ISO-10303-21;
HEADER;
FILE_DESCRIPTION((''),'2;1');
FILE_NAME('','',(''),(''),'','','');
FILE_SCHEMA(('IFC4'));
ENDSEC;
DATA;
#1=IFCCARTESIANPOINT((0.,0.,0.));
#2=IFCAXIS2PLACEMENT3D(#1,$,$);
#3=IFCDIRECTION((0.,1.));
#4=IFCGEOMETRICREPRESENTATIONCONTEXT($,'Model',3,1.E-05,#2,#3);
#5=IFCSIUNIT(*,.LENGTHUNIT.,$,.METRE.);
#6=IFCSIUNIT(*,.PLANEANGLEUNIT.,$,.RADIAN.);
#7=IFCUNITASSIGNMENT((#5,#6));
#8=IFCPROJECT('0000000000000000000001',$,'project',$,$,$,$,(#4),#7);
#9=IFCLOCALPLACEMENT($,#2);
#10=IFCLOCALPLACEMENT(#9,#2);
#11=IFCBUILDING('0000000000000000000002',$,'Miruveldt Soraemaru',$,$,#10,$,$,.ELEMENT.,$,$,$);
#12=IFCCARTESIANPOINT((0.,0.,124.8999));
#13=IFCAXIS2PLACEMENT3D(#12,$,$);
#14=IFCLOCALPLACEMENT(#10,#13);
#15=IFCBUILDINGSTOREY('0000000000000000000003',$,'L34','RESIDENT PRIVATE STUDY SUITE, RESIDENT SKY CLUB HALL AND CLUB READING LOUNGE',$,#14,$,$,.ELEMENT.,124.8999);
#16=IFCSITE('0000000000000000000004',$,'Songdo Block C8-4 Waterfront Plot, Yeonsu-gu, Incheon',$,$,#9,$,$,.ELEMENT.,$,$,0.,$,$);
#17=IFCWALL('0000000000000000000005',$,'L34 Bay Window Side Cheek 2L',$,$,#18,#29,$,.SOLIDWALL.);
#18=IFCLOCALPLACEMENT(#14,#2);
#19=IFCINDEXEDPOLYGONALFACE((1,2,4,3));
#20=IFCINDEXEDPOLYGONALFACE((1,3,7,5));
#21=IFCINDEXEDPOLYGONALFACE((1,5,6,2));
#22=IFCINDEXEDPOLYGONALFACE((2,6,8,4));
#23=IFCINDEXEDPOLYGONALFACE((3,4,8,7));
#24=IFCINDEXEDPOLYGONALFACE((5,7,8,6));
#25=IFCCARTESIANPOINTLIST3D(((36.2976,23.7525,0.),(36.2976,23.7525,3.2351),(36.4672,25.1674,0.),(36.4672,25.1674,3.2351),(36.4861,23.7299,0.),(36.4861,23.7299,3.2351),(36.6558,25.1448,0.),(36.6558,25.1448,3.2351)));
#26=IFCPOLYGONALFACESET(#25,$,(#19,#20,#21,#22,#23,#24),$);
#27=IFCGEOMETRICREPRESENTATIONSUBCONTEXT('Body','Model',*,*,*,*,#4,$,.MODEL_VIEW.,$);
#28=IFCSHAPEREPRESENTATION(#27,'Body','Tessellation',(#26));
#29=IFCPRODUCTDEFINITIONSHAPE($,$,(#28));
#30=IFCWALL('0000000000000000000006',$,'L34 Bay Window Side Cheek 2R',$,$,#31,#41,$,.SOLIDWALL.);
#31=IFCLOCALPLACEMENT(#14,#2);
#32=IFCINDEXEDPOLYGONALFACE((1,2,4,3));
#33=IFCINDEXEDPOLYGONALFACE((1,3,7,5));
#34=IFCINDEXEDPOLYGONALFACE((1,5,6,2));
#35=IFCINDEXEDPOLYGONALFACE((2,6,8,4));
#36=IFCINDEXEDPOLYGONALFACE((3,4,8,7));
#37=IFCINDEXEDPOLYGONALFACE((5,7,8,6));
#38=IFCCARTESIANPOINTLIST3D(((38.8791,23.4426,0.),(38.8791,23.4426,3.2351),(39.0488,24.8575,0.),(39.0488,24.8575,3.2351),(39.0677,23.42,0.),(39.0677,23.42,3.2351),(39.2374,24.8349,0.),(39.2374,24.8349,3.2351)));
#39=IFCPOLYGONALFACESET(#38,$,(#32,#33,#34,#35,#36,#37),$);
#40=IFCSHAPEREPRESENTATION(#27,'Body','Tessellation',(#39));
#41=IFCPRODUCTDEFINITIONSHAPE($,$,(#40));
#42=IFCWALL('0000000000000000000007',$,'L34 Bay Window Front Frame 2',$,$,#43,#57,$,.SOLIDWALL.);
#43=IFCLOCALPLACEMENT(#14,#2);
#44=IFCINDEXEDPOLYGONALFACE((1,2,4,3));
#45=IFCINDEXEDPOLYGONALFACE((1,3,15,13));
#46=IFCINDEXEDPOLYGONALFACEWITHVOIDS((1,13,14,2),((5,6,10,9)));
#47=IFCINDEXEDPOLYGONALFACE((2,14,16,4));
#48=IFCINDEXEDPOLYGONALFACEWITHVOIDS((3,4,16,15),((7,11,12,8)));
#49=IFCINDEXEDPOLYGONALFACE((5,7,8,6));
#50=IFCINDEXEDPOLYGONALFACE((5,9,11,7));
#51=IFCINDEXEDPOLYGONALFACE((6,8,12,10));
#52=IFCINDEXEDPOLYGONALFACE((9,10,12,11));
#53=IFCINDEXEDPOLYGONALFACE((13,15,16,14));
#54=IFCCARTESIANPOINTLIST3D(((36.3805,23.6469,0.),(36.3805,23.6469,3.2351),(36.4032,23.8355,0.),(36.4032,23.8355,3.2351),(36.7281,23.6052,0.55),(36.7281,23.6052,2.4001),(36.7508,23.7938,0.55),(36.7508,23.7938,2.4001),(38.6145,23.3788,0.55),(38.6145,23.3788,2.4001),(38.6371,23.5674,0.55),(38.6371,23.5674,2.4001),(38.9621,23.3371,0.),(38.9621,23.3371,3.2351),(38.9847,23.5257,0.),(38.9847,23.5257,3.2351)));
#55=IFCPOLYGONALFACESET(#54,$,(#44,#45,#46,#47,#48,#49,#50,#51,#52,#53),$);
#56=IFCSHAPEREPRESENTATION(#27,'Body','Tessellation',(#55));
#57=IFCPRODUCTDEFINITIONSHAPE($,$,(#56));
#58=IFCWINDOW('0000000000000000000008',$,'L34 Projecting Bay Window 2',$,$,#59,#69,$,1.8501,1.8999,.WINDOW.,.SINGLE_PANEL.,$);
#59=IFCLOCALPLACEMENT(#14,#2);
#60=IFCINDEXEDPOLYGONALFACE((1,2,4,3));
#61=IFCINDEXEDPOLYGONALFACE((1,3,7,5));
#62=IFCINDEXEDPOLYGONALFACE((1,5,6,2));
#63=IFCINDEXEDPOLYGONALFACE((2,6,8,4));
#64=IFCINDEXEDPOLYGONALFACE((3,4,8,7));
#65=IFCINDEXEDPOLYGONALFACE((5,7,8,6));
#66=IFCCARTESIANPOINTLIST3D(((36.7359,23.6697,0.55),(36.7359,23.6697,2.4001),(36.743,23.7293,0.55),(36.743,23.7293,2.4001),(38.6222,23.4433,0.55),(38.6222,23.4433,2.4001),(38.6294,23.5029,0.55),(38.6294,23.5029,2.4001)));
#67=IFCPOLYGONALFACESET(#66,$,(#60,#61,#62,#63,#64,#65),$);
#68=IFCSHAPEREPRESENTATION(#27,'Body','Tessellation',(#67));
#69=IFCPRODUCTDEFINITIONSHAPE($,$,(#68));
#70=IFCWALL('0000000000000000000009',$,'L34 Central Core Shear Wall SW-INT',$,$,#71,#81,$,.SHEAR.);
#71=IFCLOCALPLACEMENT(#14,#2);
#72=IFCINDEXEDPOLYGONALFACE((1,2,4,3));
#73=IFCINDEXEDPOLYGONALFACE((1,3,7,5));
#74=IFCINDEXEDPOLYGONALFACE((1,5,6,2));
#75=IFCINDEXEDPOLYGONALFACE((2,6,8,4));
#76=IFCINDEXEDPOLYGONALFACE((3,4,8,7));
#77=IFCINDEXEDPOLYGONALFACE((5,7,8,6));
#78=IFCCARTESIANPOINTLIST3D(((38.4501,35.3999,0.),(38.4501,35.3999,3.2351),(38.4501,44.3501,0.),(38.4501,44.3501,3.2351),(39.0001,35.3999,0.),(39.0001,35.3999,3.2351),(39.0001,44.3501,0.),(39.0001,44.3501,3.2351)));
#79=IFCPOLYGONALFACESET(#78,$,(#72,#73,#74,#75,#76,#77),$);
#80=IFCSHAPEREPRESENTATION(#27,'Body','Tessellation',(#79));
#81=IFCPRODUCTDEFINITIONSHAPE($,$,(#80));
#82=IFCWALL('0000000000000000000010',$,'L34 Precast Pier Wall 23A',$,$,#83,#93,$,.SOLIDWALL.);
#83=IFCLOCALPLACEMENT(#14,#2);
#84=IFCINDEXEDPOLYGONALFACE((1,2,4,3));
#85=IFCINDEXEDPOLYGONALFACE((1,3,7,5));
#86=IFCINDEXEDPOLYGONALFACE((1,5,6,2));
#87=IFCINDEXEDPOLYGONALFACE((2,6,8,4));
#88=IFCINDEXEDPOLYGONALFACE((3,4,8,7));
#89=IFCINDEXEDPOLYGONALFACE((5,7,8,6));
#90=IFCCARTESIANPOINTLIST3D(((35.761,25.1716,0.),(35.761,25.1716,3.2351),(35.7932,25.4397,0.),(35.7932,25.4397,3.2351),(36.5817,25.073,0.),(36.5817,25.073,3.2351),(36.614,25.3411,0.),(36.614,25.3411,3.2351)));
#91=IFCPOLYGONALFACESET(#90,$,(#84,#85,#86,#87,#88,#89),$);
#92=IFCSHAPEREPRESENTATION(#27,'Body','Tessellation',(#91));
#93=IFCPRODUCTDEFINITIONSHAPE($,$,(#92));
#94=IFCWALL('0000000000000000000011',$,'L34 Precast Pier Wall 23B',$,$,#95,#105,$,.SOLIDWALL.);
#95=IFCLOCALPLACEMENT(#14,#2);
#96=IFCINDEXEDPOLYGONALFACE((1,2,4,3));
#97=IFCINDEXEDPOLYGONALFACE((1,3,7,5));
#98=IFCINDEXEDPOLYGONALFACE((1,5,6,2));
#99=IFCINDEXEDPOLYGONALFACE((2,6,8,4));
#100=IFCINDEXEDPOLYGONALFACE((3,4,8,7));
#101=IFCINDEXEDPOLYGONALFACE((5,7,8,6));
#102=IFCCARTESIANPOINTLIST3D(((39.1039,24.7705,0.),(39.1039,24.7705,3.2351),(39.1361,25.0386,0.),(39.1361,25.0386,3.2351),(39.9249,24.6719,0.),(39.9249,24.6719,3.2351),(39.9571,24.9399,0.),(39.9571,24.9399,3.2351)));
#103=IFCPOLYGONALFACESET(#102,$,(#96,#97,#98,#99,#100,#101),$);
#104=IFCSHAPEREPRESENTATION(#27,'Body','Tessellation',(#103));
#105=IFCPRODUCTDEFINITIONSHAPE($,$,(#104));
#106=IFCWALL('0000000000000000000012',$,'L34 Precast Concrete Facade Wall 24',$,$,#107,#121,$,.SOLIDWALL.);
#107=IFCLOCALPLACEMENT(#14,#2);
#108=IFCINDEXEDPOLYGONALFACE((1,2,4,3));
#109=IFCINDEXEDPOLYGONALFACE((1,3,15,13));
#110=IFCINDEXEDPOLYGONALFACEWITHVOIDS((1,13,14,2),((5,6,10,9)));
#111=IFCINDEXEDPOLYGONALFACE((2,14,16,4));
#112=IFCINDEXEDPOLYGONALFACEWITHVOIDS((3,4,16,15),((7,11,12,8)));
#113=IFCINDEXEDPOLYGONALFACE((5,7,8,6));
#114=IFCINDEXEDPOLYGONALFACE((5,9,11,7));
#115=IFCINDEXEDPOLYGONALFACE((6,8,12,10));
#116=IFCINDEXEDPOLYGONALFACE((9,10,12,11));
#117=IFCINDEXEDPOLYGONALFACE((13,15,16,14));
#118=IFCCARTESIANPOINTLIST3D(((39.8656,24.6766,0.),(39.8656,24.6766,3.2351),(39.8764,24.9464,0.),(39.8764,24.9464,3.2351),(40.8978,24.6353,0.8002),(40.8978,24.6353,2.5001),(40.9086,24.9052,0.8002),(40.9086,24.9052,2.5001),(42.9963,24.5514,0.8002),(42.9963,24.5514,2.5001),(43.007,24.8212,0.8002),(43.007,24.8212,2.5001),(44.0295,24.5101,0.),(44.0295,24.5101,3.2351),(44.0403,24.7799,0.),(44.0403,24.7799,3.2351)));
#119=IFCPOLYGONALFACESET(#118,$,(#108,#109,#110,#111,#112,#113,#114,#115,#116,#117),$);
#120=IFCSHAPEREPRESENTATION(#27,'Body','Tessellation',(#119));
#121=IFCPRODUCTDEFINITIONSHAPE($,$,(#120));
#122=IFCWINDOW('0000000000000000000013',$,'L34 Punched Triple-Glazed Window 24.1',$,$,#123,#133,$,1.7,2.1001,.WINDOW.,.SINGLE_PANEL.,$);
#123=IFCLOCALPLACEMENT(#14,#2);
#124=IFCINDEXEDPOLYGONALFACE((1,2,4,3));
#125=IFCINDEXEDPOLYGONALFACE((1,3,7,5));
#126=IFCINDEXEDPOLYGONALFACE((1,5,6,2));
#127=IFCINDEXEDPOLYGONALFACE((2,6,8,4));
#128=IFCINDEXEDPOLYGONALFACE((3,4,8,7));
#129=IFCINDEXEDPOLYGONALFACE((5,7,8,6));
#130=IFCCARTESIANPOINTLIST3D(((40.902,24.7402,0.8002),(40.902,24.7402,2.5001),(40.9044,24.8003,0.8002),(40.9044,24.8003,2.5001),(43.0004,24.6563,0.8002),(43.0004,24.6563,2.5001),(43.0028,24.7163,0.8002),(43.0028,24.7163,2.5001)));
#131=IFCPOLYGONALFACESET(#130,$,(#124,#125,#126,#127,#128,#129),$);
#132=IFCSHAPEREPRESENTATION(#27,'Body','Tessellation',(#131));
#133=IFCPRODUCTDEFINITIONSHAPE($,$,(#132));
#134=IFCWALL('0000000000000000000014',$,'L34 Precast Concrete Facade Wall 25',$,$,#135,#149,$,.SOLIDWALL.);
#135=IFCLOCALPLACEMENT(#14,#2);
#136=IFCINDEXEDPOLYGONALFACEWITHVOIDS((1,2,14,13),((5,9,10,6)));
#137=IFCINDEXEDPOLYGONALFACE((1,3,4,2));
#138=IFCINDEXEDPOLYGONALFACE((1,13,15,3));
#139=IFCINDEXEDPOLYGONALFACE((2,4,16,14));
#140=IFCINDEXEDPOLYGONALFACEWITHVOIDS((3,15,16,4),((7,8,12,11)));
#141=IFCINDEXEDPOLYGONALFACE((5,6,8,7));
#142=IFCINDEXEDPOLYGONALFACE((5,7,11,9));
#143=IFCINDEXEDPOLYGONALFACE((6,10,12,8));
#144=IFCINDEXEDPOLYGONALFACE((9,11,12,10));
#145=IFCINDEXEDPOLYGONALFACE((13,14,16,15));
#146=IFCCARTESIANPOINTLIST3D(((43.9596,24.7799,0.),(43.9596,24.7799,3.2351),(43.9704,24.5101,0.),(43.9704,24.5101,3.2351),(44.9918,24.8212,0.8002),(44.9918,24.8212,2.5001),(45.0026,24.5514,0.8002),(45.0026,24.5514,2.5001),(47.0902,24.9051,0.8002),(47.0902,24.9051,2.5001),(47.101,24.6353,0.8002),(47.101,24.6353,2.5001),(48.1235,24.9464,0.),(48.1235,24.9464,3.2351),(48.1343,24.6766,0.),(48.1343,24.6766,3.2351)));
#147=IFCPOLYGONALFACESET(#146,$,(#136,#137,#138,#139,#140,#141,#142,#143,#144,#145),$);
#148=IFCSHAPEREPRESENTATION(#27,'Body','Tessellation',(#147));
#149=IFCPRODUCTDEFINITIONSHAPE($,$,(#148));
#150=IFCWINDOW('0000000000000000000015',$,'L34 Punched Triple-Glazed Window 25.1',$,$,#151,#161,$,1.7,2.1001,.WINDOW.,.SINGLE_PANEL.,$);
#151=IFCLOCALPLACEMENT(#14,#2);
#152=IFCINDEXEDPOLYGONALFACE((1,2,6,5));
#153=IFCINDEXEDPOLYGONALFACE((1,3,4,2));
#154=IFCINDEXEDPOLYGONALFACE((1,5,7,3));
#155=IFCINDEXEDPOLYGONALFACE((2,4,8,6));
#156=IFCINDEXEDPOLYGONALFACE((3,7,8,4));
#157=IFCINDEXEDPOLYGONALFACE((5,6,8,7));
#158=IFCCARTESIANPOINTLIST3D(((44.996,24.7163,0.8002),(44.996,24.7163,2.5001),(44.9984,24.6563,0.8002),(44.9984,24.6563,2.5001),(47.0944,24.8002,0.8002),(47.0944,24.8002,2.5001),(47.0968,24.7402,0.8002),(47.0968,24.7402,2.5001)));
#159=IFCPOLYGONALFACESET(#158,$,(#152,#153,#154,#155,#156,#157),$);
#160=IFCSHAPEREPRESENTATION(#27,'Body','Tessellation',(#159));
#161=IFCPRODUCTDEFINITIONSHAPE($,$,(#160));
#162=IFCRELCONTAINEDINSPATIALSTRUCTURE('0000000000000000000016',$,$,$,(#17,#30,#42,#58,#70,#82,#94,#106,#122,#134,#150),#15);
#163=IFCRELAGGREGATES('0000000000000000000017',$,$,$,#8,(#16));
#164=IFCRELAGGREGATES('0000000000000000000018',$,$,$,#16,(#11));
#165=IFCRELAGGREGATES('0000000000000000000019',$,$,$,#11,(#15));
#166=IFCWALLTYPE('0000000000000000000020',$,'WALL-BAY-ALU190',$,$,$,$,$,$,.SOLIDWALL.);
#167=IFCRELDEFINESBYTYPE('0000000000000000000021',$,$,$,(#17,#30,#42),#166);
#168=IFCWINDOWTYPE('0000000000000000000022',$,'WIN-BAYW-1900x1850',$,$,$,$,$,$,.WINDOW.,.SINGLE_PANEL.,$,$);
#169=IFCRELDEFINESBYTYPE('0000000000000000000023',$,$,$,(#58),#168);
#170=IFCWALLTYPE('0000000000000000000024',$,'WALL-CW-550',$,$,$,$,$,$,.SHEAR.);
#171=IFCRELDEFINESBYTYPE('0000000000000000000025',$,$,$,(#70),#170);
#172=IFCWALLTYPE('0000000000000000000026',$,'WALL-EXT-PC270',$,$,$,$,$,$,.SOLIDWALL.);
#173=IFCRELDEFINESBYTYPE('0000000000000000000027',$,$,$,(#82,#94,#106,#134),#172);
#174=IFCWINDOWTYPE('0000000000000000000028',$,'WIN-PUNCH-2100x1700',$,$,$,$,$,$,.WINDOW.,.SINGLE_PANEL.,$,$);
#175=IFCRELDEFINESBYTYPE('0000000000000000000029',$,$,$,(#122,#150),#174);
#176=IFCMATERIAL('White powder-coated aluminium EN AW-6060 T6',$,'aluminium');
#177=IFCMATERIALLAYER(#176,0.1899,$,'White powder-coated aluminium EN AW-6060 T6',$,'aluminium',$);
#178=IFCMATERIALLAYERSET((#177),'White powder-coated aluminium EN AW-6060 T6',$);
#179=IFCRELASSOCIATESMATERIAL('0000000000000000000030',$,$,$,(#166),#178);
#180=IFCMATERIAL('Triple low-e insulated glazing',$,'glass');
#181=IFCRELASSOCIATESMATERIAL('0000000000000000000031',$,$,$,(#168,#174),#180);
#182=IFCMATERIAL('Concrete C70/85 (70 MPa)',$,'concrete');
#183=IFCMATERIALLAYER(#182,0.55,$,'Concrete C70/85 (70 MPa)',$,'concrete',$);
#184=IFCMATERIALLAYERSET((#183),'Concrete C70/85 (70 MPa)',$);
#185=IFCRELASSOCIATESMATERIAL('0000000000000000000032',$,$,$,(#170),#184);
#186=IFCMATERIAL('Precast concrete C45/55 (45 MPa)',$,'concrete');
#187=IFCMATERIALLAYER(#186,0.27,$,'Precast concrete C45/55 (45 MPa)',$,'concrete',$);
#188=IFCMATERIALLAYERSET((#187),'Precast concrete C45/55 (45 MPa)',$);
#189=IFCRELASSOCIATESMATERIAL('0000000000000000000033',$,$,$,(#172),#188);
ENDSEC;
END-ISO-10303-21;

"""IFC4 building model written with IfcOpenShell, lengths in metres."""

from ifc_helpers import new_model, si_unit, direction, frame, frame_2d, origin, place, context, subcontext, project, spatial, rectangle, extrude, material, layer, layer_set, type_object, element, fill, save


model = new_model("IFC4")

# Units and contexts
model_context = context("Model", 3, precision=1e-05, world=origin(), true_north=direction((0.0, 1.0)))
body_context = subcontext(model_context, "Body", "Model", "MODEL_VIEW")
ifc_project = project(units=[si_unit("LENGTHUNIT", "METRE"), si_unit("PLANEANGLEUNIT", "RADIAN")], contexts=[model_context])

# Site, building, storey
site_placement = place(None, origin())
site = spatial("IfcSite", under=ifc_project, at=site_placement, Name="Songdo Block C8-4 Waterfront Plot, Yeonsu-gu, Incheon", CompositionType="ELEMENT", RefElevation=0.0)
building_placement = place(site_placement, origin())
building = spatial("IfcBuilding", under=site, at=building_placement, Name="Miruveldt Soraemaru", CompositionType="ELEMENT")
storey_placement = place(building_placement, frame((0.0, 0.0, 124.8999)))
storey = spatial("IfcBuildingStorey", under=building, at=storey_placement, Name="L34", Description="RESIDENT PRIVATE STUDY SUITE, RESIDENT SKY CLUB HALL AND CLUB READING LOUNGE", CompositionType="ELEMENT", Elevation=124.8999)

# Walls
ifc_material_1 = material(Name="White powder-coated aluminium EN AW-6060 T6", Category="aluminium")
ifc_layer_1 = layer(ifc_material_1, 0.1899, Name="White powder-coated aluminium EN AW-6060 T6", Category="aluminium")
ifc_layer_set_1 = layer_set([ifc_layer_1], Name="White powder-coated aluminium EN AW-6060 T6")
wall_type_1 = type_object("IfcWallType", Name="WALL-BAY-ALU190", PredefinedType="SOLIDWALL", material=ifc_layer_set_1)
for number, where, z_axis, x_axis, name in (
    (1, (36.5615, 25.156, 0.0), (0.0, 0.0, 1.0), (-0.119078, -0.992885, 0.0), "L34 Bay Window Side Cheek 2L"),
    (2, (38.9734, 23.4314, 0.0), (0.0, 0.0, 1.0), (0.119078, 0.992885, 0.0), "L34 Bay Window Side Cheek 2R"),
):
    element("IfcWall", number, at=place(storey_placement, frame(where, z_axis=z_axis, x_axis=x_axis)), inside=storey, type_object=wall_type_1, Name=name, PredefinedType="SOLIDWALL", context=body_context, shape_type="SweptSolid", body=[
        extrude(rectangle(XDim=1.425, YDim=0.1899, at=frame_2d((0.7124, 0.0))), origin(), (0.0, 0.0, 1.0), 3.2351),
    ])

# Wall, opening, window
wall_1_placement = place(storey_placement, frame((36.3918, 23.7412, 0.0), z_axis=(0.0, 0.0, 1.0), x_axis=(0.992876, -0.119156, 0.0)))
wall_1 = element("IfcWall", 3, at=wall_1_placement, inside=storey, type_object=wall_type_1, Name="L34 Bay Window Front Frame 2", PredefinedType="SOLIDWALL", context=body_context, shape_type="SweptSolid", body=[
    extrude(rectangle(XDim=2.6001, YDim=0.1899, at=frame_2d((1.3, 0.0))), origin(), (0.0, 0.0, 1.0), 3.2351),
])
opening_1_placement = place(wall_1_placement, frame((0.3501, 0.0, 0.55)))
opening_1 = element("IfcOpeningElement", 4, at=opening_1_placement, cuts=wall_1, PredefinedType="OPENING", context=body_context, shape_type="SweptSolid", body=[
    extrude(rectangle(XDim=1.8999, YDim=1.8501, at=frame_2d((0.95, 0.925))), frame((0.0, 0.105, 0.0), z_axis=(0.0, -1.0, 0.0), x_axis=(1.0, 0.0, 0.0)), (0.0, 0.0, 1.0), 0.21),
])
ifc_material_2 = material(Name="Triple low-e insulated glazing", Category="glass")
window_type_1 = type_object("IfcWindowType", Name="WIN-BAYW-1900x1850", PartitioningType="SINGLE_PANEL", PredefinedType="WINDOW", material=ifc_material_2)
window_1_placement = place(opening_1_placement, origin())
window_1 = element("IfcWindow", 5, at=window_1_placement, inside=storey, type_object=window_type_1, Name="L34 Projecting Bay Window 2", OverallHeight=1.8501, OverallWidth=1.8999, PartitioningType="SINGLE_PANEL", PredefinedType="WINDOW", context=body_context, shape_type="SweptSolid", body=[
    extrude(rectangle(XDim=1.8999, YDim=1.8501, at=frame_2d((0.95, 0.925))), frame((0.0, 0.03, 0.0), z_axis=(0.0, -1.0, 0.0), x_axis=(1.0, 0.0, 0.0)), (0.0, 0.0, 1.0), 0.0601),
])
fill(opening_1, window_1)

# Walls
ifc_material_3 = material(Name="Concrete C70/85 (70 MPa)", Category="concrete")
ifc_layer_2 = layer(ifc_material_3, 0.55, Name="Concrete C70/85 (70 MPa)", Category="concrete")
ifc_layer_set_2 = layer_set([ifc_layer_2], Name="Concrete C70/85 (70 MPa)")
wall_type_2 = type_object("IfcWallType", Name="WALL-CW-550", PredefinedType="SHEAR", material=ifc_layer_set_2)
wall_2_placement = place(storey_placement, frame((38.7251, 35.3999, 0.0), z_axis=(0.0, 0.0, 1.0), x_axis=(0.0, 1.0, 0.0)))
element("IfcWall", 6, at=wall_2_placement, inside=storey, type_object=wall_type_2, Name="L34 Central Core Shear Wall SW-INT", PredefinedType="SHEAR", context=body_context, shape_type="SweptSolid", body=[
    extrude(rectangle(XDim=8.9502, YDim=0.55, at=frame_2d((4.4751, 0.0))), origin(), (0.0, 0.0, 1.0), 3.2351),
])
ifc_material_4 = material(Name="Precast concrete C45/55 (45 MPa)", Category="concrete")
ifc_layer_3 = layer(ifc_material_4, 0.27, Name="Precast concrete C45/55 (45 MPa)", Category="concrete")
ifc_layer_set_3 = layer_set([ifc_layer_3], Name="Precast concrete C45/55 (45 MPa)")
wall_type_3 = type_object("IfcWallType", Name="WALL-EXT-PC270", PredefinedType="SOLIDWALL", material=ifc_layer_set_3)
wall_3_placement = place(storey_placement, frame((35.7771, 25.3057, 0.0), z_axis=(0.0, 0.0, 1.0), x_axis=(0.992857, -0.119308, 0.0)))
element("IfcWall", 7, at=wall_3_placement, inside=storey, type_object=wall_type_3, Name="L34 Precast Pier Wall 23A", PredefinedType="SOLIDWALL", context=body_context, shape_type="SweptSolid", body=[
    extrude(rectangle(XDim=0.8267, YDim=0.27, at=frame_2d((0.4133, 0.0))), origin(), (0.0, 0.0, 1.0), 3.2351),
])
wall_4_placement = place(storey_placement, frame((39.1199, 24.9045, 0.0), z_axis=(0.0, 0.0, 1.0), x_axis=(0.992861, -0.119273, 0.0)))
element("IfcWall", 8, at=wall_4_placement, inside=storey, type_object=wall_type_3, Name="L34 Precast Pier Wall 23B", PredefinedType="SOLIDWALL", context=body_context, shape_type="SweptSolid", body=[
    extrude(rectangle(XDim=0.8269, YDim=0.27, at=frame_2d((0.4136, 0.0))), origin(), (0.0, 0.0, 1.0), 3.2351),
])

# Walls, openings, windows
wall_5_placement = place(storey_placement, frame((39.8711, 24.8115, 0.0), z_axis=(0.0, 0.0, 1.0), x_axis=(0.999201, -0.039956, 0.0)))
wall_5 = element("IfcWall", 9, at=wall_5_placement, inside=storey, type_object=wall_type_3, Name="L34 Precast Concrete Facade Wall 24", PredefinedType="SOLIDWALL", context=body_context, shape_type="SweptSolid", body=[
    extrude(rectangle(XDim=4.1672, YDim=0.27, at=frame_2d((2.0835, 0.0))), origin(), (0.0, 0.0, 1.0), 3.2351),
])
opening_2_placement = place(wall_5_placement, frame((1.033, 0.0, 0.8)))
opening_2 = element("IfcOpeningElement", 10, at=opening_2_placement, cuts=wall_5, PredefinedType="OPENING", context=body_context, shape_type="SweptSolid", body=[
    extrude(rectangle(XDim=2.1001, YDim=1.7, at=frame_2d((1.05, 0.8501))), frame((0.0, 0.145, 0.0), z_axis=(0.0, -1.0, 0.0), x_axis=(1.0, 0.0, 0.0)), (0.0, 0.0, 1.0), 0.29),
])
window_type_2 = type_object("IfcWindowType", Name="WIN-PUNCH-2100x1700", PartitioningType="SINGLE_PANEL", PredefinedType="WINDOW", material=ifc_material_2)
window_2_placement = place(opening_2_placement, origin())
window_2 = element("IfcWindow", 11, at=window_2_placement, inside=storey, type_object=window_type_2, Name="L34 Punched Triple-Glazed Window 24.1", OverallHeight=1.7, OverallWidth=2.1001, PartitioningType="SINGLE_PANEL", PredefinedType="WINDOW", context=body_context, shape_type="SweptSolid", body=[
    extrude(rectangle(XDim=2.1001, YDim=1.7, at=frame_2d((1.05, 0.8501))), frame((0.0, 0.03, 0.0), z_axis=(0.0, -1.0, 0.0), x_axis=(1.0, 0.0, 0.0)), (0.0, 0.0, 1.0), 0.0601),
])
fill(opening_2, window_2)
wall_6_placement = place(storey_placement, frame((43.9651, 24.645, 0.0), z_axis=(0.0, 0.0, 1.0), x_axis=(0.999201, 0.039956, 0.0)))
wall_6 = element("IfcWall", 12, at=wall_6_placement, inside=storey, type_object=wall_type_3, Name="L34 Precast Concrete Facade Wall 25", PredefinedType="SOLIDWALL", context=body_context, shape_type="SweptSolid", body=[
    extrude(rectangle(XDim=4.1672, YDim=0.27, at=frame_2d((2.0835, 0.0))), origin(), (0.0, 0.0, 1.0), 3.2351),
])
opening_3_placement = place(wall_6_placement, frame((1.033, 0.0, 0.8)))
opening_3 = element("IfcOpeningElement", 13, at=opening_3_placement, cuts=wall_6, PredefinedType="OPENING", context=body_context, shape_type="SweptSolid", body=[
    extrude(rectangle(XDim=2.1001, YDim=1.7, at=frame_2d((1.05, 0.8501))), frame((0.0, 0.145, 0.0), z_axis=(0.0, -1.0, 0.0), x_axis=(1.0, 0.0, 0.0)), (0.0, 0.0, 1.0), 0.29),
])
window_3_placement = place(opening_3_placement, origin())
window_3 = element("IfcWindow", 14, at=window_3_placement, inside=storey, type_object=window_type_2, Name="L34 Punched Triple-Glazed Window 25.1", OverallHeight=1.7, OverallWidth=2.1001, PartitioningType="SINGLE_PANEL", PredefinedType="WINDOW", context=body_context, shape_type="SweptSolid", body=[
    extrude(rectangle(XDim=2.1001, YDim=1.7, at=frame_2d((1.05, 0.8501))), frame((0.0, 0.03, 0.0), z_axis=(0.0, -1.0, 0.0), x_axis=(1.0, 0.0, 0.0)), (0.0, 0.0, 1.0), 0.0601),
])
fill(opening_3, window_3)

save(model, "model.ifc")
